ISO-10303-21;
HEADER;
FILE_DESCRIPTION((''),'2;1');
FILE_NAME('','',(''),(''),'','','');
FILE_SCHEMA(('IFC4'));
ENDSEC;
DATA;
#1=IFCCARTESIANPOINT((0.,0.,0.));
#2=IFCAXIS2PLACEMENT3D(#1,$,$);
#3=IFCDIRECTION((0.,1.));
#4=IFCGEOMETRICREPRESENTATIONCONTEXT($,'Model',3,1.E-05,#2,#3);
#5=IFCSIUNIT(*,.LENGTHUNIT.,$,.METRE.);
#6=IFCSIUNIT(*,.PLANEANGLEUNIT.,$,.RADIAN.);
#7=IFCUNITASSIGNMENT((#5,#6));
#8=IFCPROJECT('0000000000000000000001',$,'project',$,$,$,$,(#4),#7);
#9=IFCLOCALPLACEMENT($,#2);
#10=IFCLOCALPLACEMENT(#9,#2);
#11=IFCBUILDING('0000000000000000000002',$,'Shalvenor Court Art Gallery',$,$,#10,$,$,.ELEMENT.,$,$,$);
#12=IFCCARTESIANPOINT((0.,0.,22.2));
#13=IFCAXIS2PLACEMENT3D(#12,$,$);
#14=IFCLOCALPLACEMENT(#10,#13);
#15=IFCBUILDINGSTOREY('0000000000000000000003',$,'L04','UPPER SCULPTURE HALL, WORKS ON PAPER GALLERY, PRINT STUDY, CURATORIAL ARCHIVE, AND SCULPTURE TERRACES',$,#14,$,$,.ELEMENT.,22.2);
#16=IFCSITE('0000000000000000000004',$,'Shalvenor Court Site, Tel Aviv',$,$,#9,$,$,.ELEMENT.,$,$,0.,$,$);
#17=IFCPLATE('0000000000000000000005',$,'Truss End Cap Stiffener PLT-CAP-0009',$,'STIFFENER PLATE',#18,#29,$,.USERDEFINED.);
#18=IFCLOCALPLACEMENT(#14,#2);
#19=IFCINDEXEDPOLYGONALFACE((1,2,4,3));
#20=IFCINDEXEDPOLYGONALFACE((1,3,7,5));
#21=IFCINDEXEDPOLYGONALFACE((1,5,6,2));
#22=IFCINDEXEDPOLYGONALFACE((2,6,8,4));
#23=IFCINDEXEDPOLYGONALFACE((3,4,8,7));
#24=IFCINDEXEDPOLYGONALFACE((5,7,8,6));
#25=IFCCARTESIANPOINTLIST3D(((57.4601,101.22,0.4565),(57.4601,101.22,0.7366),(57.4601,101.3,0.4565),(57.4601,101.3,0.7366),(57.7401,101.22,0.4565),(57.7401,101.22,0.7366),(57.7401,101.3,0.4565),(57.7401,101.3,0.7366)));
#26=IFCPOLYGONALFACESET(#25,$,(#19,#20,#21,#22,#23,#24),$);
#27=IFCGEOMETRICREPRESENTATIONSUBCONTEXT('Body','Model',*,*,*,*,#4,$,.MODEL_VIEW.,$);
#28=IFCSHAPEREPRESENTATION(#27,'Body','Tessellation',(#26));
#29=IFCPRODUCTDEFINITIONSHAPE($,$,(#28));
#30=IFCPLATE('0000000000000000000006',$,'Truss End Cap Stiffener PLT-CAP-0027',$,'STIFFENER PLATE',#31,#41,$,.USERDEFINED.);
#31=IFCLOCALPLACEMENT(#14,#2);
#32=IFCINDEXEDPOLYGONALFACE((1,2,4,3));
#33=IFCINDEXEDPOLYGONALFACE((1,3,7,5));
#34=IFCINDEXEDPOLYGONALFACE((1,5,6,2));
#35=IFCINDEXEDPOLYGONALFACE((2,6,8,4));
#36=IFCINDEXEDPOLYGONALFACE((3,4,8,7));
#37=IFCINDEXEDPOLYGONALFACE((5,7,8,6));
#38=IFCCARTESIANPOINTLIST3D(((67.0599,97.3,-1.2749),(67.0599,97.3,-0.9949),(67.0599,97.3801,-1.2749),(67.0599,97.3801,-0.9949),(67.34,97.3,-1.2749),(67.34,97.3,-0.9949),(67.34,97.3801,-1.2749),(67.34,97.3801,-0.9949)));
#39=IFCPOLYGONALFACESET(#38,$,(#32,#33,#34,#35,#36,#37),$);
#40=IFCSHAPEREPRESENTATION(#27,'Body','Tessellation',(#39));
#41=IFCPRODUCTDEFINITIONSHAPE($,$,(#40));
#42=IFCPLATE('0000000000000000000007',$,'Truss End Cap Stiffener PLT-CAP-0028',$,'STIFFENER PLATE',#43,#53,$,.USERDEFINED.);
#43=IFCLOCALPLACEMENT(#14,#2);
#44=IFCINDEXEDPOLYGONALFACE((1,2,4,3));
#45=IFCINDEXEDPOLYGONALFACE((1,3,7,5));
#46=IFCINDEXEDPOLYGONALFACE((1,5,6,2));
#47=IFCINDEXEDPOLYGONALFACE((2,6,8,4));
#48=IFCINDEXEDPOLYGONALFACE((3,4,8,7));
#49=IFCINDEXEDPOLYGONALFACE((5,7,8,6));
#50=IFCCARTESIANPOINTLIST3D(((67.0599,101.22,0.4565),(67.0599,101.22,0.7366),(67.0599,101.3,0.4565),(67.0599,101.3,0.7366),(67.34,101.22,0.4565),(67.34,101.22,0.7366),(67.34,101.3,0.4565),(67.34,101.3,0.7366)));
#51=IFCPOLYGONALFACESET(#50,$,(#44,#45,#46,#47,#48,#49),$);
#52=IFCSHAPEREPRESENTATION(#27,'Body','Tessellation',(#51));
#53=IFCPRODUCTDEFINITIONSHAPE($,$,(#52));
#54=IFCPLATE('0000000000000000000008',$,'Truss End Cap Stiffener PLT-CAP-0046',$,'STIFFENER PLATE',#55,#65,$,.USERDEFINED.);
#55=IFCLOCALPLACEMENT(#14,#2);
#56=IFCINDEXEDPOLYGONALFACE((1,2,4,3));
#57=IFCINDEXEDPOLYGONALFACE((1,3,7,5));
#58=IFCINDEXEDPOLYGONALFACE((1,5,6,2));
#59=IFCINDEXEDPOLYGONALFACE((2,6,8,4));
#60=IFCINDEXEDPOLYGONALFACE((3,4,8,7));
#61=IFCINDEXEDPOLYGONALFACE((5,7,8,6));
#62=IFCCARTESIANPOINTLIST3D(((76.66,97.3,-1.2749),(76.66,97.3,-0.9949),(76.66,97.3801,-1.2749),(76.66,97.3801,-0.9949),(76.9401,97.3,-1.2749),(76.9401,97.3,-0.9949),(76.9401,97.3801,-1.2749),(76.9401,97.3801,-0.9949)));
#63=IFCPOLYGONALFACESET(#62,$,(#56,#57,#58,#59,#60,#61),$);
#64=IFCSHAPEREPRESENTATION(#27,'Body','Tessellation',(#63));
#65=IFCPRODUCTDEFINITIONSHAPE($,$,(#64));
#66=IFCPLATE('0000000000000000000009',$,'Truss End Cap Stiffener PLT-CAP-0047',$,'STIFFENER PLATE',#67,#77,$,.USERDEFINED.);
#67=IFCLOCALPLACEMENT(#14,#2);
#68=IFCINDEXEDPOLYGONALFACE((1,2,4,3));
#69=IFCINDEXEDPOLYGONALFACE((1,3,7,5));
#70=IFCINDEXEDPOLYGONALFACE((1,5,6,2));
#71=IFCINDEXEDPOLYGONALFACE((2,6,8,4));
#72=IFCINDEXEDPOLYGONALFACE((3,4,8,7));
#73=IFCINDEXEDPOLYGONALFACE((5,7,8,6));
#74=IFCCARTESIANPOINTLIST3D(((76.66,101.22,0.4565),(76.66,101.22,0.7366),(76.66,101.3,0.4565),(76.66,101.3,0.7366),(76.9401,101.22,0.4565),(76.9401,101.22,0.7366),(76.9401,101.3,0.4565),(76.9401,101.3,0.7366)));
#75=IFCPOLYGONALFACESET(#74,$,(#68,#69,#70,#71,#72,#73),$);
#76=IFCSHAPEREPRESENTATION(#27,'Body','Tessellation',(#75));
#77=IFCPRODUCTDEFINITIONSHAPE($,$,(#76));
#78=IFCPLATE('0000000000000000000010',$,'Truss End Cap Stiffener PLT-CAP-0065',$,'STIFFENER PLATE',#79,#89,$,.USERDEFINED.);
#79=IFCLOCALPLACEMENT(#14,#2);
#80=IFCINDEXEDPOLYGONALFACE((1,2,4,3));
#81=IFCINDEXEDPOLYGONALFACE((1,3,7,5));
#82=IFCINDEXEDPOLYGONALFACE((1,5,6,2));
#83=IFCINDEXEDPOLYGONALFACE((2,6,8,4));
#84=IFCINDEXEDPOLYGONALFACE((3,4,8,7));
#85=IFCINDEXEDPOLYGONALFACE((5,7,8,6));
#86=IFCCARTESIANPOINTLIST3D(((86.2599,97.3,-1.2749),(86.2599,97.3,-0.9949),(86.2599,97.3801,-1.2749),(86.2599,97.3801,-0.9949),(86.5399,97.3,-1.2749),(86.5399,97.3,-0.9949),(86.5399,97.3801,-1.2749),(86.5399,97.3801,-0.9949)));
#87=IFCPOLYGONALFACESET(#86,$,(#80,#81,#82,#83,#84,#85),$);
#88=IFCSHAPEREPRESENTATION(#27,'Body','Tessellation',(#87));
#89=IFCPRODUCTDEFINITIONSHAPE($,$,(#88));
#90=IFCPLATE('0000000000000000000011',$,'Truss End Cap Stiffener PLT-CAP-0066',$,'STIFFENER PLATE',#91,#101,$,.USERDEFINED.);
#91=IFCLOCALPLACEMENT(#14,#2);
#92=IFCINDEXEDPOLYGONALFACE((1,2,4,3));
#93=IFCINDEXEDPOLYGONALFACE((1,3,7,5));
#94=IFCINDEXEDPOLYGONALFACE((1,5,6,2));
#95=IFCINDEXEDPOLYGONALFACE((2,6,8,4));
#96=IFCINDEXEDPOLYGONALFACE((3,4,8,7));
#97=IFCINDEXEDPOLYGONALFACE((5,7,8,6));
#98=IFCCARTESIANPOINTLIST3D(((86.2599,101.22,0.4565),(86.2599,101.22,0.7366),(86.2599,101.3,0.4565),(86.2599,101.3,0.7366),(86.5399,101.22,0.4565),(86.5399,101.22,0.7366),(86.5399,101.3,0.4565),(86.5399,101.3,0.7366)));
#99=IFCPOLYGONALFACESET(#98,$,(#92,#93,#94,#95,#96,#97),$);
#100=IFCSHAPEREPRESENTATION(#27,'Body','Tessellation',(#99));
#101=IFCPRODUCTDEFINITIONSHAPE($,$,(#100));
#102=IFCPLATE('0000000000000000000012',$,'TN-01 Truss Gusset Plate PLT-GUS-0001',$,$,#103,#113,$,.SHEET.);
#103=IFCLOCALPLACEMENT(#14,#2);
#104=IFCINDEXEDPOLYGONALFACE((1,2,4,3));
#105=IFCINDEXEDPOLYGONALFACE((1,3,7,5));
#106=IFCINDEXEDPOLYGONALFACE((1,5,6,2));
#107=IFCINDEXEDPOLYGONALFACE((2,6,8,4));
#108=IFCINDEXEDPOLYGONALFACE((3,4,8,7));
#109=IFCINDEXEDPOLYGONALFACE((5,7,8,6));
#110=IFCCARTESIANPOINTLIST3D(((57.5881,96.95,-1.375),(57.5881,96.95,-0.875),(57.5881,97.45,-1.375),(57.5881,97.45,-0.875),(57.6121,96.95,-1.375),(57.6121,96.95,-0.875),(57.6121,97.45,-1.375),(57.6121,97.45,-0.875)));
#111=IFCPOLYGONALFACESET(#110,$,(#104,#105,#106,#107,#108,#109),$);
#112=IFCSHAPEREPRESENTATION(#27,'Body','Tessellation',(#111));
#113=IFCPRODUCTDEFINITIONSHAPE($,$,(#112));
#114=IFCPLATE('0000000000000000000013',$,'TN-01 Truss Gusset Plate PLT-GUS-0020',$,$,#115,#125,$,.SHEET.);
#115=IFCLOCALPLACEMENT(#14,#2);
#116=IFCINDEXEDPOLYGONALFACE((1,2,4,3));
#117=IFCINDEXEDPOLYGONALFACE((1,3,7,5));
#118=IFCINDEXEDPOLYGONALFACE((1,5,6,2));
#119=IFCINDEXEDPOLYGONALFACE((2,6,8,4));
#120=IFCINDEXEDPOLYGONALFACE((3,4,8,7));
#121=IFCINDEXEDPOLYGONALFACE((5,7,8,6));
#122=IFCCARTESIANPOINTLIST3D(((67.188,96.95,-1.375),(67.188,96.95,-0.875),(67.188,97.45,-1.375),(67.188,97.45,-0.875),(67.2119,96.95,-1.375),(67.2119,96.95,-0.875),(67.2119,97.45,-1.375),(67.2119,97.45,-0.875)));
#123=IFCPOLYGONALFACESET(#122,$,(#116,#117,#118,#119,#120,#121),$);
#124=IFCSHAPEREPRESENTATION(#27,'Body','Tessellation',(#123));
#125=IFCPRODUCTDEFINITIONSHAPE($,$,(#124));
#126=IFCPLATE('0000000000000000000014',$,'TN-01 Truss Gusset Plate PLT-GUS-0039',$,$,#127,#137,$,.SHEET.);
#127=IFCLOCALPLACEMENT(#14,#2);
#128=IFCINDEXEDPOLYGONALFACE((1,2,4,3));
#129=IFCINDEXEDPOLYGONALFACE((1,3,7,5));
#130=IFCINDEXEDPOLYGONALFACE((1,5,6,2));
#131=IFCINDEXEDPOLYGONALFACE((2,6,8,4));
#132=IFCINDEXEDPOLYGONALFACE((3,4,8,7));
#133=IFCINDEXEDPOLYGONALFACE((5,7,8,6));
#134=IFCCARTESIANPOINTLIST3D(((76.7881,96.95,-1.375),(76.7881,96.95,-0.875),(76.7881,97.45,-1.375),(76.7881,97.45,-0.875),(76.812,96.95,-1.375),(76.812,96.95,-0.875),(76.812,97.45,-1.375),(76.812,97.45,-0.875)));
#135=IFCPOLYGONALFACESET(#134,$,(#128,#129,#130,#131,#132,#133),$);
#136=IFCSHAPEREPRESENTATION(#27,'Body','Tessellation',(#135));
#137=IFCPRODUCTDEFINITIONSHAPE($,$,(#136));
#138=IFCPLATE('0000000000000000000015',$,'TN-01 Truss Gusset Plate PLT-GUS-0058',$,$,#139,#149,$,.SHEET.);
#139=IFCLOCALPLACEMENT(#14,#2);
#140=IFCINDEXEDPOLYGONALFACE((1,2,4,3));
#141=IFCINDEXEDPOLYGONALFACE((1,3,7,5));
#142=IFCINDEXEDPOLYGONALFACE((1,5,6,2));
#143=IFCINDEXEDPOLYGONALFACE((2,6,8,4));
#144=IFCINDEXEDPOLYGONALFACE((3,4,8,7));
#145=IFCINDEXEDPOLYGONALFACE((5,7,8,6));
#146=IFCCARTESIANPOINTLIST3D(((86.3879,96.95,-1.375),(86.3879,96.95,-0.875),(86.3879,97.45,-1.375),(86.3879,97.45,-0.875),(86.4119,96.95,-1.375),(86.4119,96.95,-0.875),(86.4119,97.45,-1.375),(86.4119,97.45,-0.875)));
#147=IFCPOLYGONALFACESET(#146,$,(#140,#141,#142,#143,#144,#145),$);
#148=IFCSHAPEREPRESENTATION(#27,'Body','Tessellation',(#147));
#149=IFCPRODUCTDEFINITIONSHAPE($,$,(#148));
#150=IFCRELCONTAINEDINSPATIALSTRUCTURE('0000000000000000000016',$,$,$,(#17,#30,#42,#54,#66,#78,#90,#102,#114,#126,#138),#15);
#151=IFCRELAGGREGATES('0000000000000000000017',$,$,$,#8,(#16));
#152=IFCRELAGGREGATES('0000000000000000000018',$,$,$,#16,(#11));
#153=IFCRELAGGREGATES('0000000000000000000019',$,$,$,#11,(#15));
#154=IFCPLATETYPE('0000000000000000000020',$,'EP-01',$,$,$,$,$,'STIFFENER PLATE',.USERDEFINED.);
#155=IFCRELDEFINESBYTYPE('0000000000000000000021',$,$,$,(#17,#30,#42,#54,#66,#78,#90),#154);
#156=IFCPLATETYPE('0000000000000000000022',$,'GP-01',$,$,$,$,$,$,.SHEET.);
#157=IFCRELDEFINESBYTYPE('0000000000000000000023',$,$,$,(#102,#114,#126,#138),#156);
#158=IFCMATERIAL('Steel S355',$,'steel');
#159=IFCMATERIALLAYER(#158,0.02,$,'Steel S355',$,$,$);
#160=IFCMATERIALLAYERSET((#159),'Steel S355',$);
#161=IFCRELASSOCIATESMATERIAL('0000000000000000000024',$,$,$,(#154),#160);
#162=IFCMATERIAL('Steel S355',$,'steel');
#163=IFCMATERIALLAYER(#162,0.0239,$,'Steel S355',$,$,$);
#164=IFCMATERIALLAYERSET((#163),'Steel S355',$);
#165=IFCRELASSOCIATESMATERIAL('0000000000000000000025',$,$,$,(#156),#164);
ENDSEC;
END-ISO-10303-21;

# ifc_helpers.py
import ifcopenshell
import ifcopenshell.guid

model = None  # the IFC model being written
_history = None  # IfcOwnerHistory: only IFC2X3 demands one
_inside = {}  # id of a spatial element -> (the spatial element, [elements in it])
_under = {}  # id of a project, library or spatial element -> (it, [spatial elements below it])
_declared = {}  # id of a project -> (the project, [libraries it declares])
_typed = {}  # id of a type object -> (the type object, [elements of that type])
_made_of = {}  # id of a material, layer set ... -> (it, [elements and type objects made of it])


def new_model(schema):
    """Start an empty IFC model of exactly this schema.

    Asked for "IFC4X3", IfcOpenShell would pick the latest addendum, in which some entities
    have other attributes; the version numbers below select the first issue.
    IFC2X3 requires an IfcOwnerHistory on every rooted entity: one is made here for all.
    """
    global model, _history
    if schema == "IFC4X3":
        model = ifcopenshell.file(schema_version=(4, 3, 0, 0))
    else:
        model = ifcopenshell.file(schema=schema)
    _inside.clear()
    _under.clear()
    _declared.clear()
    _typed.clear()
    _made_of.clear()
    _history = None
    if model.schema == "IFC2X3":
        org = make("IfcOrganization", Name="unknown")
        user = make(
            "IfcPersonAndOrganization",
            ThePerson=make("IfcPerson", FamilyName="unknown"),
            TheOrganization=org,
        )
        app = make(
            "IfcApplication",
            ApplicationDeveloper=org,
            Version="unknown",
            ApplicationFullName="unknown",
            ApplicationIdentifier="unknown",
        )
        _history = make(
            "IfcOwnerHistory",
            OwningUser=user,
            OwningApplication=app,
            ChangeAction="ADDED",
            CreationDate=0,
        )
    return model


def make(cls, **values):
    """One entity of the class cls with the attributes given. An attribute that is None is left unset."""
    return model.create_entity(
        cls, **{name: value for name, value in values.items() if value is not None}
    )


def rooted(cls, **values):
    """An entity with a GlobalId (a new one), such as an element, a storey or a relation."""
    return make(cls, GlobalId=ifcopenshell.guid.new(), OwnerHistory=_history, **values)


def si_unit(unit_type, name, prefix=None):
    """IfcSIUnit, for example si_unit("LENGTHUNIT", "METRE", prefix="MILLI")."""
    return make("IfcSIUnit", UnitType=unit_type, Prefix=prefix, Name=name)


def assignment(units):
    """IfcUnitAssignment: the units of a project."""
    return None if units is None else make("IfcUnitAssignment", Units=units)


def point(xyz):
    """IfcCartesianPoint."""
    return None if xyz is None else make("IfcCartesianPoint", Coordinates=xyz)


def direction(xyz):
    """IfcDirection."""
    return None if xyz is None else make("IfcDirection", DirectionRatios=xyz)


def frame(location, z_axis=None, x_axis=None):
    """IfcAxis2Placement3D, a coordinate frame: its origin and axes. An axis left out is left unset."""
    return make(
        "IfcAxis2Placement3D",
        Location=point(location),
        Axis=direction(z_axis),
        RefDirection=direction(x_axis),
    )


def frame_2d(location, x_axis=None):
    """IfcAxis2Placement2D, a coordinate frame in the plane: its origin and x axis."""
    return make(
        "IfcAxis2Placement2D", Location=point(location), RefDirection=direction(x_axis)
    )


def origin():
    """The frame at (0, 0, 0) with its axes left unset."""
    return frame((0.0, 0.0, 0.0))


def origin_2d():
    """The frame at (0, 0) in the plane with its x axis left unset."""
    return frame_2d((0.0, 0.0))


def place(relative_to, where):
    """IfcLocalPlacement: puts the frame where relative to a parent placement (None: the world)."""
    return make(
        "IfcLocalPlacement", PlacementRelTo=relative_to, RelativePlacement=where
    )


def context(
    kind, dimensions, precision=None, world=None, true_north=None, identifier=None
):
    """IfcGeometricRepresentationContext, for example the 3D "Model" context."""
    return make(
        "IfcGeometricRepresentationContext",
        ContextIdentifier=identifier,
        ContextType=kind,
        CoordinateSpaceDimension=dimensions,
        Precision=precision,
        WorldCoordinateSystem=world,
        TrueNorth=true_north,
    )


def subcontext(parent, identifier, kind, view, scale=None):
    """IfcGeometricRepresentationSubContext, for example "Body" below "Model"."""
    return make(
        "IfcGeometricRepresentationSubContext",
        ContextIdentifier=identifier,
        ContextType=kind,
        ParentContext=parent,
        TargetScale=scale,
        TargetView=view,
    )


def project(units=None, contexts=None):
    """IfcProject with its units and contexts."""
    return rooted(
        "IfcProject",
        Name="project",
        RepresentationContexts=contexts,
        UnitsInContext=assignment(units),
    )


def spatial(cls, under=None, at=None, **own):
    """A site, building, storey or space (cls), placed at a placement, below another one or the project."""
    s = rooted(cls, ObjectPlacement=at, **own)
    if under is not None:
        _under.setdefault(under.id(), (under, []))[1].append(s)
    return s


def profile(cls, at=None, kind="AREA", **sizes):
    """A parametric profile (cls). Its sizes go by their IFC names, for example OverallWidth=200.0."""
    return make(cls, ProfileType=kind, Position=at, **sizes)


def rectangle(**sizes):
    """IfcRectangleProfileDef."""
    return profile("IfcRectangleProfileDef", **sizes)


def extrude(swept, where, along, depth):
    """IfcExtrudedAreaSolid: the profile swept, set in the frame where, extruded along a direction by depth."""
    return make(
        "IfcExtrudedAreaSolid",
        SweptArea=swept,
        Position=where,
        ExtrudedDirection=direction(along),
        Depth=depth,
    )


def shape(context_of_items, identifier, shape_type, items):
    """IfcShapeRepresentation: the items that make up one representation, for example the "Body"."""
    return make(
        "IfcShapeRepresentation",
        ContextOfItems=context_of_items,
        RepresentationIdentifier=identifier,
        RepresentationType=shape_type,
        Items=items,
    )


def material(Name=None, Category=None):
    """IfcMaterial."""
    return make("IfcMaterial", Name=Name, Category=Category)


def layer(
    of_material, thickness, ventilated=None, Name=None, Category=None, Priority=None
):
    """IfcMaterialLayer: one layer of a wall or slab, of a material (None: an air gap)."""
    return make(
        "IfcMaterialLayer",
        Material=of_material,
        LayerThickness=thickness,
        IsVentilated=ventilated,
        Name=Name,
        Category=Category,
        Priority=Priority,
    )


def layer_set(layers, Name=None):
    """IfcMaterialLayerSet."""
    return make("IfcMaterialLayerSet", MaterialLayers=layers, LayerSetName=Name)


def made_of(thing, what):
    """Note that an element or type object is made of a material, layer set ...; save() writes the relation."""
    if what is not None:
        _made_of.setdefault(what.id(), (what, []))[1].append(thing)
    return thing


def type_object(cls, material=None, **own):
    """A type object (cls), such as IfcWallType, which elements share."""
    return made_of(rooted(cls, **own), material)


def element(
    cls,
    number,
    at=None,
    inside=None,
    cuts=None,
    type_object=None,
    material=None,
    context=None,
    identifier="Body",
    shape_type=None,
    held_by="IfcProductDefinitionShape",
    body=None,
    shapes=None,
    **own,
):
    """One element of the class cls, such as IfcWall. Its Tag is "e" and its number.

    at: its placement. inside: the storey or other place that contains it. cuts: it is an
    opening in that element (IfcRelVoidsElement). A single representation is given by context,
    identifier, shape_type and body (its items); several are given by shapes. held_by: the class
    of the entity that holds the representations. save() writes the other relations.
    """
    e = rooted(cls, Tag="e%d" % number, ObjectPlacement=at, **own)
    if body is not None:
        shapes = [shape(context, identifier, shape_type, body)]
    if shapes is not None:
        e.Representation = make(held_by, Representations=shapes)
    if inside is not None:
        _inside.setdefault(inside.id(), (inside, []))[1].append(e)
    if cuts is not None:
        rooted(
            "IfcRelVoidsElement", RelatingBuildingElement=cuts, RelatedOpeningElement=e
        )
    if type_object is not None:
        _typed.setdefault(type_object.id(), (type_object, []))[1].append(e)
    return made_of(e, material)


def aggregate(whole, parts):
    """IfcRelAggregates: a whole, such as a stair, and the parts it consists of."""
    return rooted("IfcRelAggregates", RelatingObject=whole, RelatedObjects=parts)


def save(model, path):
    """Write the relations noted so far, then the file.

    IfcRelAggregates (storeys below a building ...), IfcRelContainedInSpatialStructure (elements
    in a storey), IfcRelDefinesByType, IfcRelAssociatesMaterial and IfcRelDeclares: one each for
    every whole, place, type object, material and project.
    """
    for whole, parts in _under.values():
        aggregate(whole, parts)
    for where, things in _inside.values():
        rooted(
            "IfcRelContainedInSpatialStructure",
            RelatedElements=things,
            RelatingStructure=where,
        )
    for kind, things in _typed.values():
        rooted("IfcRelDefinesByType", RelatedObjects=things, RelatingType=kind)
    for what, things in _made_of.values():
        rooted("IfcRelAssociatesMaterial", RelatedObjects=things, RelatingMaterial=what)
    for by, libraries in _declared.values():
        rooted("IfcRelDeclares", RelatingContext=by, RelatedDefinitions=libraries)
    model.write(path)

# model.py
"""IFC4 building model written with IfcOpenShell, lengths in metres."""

from ifc_helpers import new_model, si_unit, direction, frame, origin, origin_2d, place, context, subcontext, project, spatial, rectangle, extrude, material, layer, layer_set, type_object, element, save


model = new_model("IFC4")

# Units and contexts
model_context = context("Model", 3, precision=1e-05, world=origin(), true_north=direction((0.0, 1.0)))
body_context = subcontext(model_context, "Body", "Model", "MODEL_VIEW")
ifc_project = project(units=[si_unit("LENGTHUNIT", "METRE"), si_unit("PLANEANGLEUNIT", "RADIAN")], contexts=[model_context])

# Site, building, storey
site_placement = place(None, origin())
site = spatial("IfcSite", under=ifc_project, at=site_placement, Name="Shalvenor Court Site, Tel Aviv", CompositionType="ELEMENT", RefElevation=0.0)
building_placement = place(site_placement, origin())
building = spatial("IfcBuilding", under=site, at=building_placement, Name="Shalvenor Court Art Gallery", CompositionType="ELEMENT")
storey_placement = place(building_placement, frame((0.0, 0.0, 22.2)))
storey = spatial("IfcBuildingStorey", under=building, at=storey_placement, Name="L04", Description="UPPER SCULPTURE HALL, WORKS ON PAPER GALLERY, PRINT STUDY, CURATORIAL ARCHIVE, AND SCULPTURE TERRACES", CompositionType="ELEMENT", Elevation=22.2)

# Plates
ifc_material_1 = material(Name="Steel S355", Category="steel")
ifc_layer_1 = layer(ifc_material_1, 0.02, Name="Steel S355")
ifc_layer_set_1 = layer_set([ifc_layer_1], Name="Steel S355")
plate_type_1 = type_object("IfcPlateType", Name="EP-01", ElementType="STIFFENER PLATE", PredefinedType="USERDEFINED", material=ifc_layer_set_1)
for number, where, z_axis, x_axis, name in (
    (1, (57.6001, 101.26, 0.4565), (0.0, 0.0, 1.0), (1.0, 0.0, 0.0), "Truss End Cap Stiffener PLT-CAP-0009"),
    (2, (67.2, 97.3401, -1.2749), (0.0, 0.0, 1.0), (1.0, 0.0, 0.0), "Truss End Cap Stiffener PLT-CAP-0027"),
    (3, (67.2, 101.26, 0.4565), (0.0, 0.0, 1.0), (1.0, 0.0, 0.0), "Truss End Cap Stiffener PLT-CAP-0028"),
    (4, (76.8, 97.3401, -1.2749), (0.0, 0.0, 1.0), (1.0, 0.0, 0.0), "Truss End Cap Stiffener PLT-CAP-0046"),
    (5, (76.8, 101.26, 0.4565), (0.0, 0.0, 1.0), (1.0, 0.0, 0.0), "Truss End Cap Stiffener PLT-CAP-0047"),
    (6, (86.3999, 97.3401, -1.2749), (0.0, 0.0, 1.0), (1.0, 0.0, 0.0), "Truss End Cap Stiffener PLT-CAP-0065"),
    (7, (86.3999, 101.26, 0.4565), (0.0, 0.0, 1.0), (1.0, 0.0, 0.0), "Truss End Cap Stiffener PLT-CAP-0066"),
):
    element("IfcPlate", number, at=place(storey_placement, frame(where, z_axis=z_axis, x_axis=x_axis)), inside=storey, type_object=plate_type_1, Name=name, ObjectType="STIFFENER PLATE", PredefinedType="USERDEFINED", context=body_context, shape_type="SweptSolid", body=[
        extrude(rectangle(XDim=0.28, YDim=0.0801, at=origin_2d()), origin(), (0.0, 0.0, 1.0), 0.28),
    ])
ifc_material_2 = material(Name="Steel S355", Category="steel")
ifc_layer_2 = layer(ifc_material_2, 0.0239, Name="Steel S355")
ifc_layer_set_2 = layer_set([ifc_layer_2], Name="Steel S355")
plate_type_2 = type_object("IfcPlateType", Name="GP-01", PredefinedType="SHEET", material=ifc_layer_set_2)
for number, where, z_axis, x_axis, name in (
    (8, (57.6001, 97.2, -1.375), (0.0, 0.0, 1.0), (0.0, 1.0, 0.0), "TN-01 Truss Gusset Plate PLT-GUS-0001"),
    (9, (67.2, 97.2, -1.375), (0.0, 0.0, 1.0), (0.0, 1.0, 0.0), "TN-01 Truss Gusset Plate PLT-GUS-0020"),
    (10, (76.8, 97.2, -1.375), (0.0, 0.0, 1.0), (0.0, 1.0, 0.0), "TN-01 Truss Gusset Plate PLT-GUS-0039"),
    (11, (86.3999, 97.2, -1.375), (0.0, 0.0, 1.0), (0.0, 1.0, 0.0), "TN-01 Truss Gusset Plate PLT-GUS-0058"),
):
    element("IfcPlate", number, at=place(storey_placement, frame(where, z_axis=z_axis, x_axis=x_axis)), inside=storey, type_object=plate_type_2, Name=name, PredefinedType="SHEET", context=body_context, shape_type="SweptSolid", body=[
        extrude(rectangle(XDim=0.5, YDim=0.0239, at=origin_2d()), origin(), (0.0, 0.0, 1.0), 0.5),
    ])

save(model, "model.ifc")
